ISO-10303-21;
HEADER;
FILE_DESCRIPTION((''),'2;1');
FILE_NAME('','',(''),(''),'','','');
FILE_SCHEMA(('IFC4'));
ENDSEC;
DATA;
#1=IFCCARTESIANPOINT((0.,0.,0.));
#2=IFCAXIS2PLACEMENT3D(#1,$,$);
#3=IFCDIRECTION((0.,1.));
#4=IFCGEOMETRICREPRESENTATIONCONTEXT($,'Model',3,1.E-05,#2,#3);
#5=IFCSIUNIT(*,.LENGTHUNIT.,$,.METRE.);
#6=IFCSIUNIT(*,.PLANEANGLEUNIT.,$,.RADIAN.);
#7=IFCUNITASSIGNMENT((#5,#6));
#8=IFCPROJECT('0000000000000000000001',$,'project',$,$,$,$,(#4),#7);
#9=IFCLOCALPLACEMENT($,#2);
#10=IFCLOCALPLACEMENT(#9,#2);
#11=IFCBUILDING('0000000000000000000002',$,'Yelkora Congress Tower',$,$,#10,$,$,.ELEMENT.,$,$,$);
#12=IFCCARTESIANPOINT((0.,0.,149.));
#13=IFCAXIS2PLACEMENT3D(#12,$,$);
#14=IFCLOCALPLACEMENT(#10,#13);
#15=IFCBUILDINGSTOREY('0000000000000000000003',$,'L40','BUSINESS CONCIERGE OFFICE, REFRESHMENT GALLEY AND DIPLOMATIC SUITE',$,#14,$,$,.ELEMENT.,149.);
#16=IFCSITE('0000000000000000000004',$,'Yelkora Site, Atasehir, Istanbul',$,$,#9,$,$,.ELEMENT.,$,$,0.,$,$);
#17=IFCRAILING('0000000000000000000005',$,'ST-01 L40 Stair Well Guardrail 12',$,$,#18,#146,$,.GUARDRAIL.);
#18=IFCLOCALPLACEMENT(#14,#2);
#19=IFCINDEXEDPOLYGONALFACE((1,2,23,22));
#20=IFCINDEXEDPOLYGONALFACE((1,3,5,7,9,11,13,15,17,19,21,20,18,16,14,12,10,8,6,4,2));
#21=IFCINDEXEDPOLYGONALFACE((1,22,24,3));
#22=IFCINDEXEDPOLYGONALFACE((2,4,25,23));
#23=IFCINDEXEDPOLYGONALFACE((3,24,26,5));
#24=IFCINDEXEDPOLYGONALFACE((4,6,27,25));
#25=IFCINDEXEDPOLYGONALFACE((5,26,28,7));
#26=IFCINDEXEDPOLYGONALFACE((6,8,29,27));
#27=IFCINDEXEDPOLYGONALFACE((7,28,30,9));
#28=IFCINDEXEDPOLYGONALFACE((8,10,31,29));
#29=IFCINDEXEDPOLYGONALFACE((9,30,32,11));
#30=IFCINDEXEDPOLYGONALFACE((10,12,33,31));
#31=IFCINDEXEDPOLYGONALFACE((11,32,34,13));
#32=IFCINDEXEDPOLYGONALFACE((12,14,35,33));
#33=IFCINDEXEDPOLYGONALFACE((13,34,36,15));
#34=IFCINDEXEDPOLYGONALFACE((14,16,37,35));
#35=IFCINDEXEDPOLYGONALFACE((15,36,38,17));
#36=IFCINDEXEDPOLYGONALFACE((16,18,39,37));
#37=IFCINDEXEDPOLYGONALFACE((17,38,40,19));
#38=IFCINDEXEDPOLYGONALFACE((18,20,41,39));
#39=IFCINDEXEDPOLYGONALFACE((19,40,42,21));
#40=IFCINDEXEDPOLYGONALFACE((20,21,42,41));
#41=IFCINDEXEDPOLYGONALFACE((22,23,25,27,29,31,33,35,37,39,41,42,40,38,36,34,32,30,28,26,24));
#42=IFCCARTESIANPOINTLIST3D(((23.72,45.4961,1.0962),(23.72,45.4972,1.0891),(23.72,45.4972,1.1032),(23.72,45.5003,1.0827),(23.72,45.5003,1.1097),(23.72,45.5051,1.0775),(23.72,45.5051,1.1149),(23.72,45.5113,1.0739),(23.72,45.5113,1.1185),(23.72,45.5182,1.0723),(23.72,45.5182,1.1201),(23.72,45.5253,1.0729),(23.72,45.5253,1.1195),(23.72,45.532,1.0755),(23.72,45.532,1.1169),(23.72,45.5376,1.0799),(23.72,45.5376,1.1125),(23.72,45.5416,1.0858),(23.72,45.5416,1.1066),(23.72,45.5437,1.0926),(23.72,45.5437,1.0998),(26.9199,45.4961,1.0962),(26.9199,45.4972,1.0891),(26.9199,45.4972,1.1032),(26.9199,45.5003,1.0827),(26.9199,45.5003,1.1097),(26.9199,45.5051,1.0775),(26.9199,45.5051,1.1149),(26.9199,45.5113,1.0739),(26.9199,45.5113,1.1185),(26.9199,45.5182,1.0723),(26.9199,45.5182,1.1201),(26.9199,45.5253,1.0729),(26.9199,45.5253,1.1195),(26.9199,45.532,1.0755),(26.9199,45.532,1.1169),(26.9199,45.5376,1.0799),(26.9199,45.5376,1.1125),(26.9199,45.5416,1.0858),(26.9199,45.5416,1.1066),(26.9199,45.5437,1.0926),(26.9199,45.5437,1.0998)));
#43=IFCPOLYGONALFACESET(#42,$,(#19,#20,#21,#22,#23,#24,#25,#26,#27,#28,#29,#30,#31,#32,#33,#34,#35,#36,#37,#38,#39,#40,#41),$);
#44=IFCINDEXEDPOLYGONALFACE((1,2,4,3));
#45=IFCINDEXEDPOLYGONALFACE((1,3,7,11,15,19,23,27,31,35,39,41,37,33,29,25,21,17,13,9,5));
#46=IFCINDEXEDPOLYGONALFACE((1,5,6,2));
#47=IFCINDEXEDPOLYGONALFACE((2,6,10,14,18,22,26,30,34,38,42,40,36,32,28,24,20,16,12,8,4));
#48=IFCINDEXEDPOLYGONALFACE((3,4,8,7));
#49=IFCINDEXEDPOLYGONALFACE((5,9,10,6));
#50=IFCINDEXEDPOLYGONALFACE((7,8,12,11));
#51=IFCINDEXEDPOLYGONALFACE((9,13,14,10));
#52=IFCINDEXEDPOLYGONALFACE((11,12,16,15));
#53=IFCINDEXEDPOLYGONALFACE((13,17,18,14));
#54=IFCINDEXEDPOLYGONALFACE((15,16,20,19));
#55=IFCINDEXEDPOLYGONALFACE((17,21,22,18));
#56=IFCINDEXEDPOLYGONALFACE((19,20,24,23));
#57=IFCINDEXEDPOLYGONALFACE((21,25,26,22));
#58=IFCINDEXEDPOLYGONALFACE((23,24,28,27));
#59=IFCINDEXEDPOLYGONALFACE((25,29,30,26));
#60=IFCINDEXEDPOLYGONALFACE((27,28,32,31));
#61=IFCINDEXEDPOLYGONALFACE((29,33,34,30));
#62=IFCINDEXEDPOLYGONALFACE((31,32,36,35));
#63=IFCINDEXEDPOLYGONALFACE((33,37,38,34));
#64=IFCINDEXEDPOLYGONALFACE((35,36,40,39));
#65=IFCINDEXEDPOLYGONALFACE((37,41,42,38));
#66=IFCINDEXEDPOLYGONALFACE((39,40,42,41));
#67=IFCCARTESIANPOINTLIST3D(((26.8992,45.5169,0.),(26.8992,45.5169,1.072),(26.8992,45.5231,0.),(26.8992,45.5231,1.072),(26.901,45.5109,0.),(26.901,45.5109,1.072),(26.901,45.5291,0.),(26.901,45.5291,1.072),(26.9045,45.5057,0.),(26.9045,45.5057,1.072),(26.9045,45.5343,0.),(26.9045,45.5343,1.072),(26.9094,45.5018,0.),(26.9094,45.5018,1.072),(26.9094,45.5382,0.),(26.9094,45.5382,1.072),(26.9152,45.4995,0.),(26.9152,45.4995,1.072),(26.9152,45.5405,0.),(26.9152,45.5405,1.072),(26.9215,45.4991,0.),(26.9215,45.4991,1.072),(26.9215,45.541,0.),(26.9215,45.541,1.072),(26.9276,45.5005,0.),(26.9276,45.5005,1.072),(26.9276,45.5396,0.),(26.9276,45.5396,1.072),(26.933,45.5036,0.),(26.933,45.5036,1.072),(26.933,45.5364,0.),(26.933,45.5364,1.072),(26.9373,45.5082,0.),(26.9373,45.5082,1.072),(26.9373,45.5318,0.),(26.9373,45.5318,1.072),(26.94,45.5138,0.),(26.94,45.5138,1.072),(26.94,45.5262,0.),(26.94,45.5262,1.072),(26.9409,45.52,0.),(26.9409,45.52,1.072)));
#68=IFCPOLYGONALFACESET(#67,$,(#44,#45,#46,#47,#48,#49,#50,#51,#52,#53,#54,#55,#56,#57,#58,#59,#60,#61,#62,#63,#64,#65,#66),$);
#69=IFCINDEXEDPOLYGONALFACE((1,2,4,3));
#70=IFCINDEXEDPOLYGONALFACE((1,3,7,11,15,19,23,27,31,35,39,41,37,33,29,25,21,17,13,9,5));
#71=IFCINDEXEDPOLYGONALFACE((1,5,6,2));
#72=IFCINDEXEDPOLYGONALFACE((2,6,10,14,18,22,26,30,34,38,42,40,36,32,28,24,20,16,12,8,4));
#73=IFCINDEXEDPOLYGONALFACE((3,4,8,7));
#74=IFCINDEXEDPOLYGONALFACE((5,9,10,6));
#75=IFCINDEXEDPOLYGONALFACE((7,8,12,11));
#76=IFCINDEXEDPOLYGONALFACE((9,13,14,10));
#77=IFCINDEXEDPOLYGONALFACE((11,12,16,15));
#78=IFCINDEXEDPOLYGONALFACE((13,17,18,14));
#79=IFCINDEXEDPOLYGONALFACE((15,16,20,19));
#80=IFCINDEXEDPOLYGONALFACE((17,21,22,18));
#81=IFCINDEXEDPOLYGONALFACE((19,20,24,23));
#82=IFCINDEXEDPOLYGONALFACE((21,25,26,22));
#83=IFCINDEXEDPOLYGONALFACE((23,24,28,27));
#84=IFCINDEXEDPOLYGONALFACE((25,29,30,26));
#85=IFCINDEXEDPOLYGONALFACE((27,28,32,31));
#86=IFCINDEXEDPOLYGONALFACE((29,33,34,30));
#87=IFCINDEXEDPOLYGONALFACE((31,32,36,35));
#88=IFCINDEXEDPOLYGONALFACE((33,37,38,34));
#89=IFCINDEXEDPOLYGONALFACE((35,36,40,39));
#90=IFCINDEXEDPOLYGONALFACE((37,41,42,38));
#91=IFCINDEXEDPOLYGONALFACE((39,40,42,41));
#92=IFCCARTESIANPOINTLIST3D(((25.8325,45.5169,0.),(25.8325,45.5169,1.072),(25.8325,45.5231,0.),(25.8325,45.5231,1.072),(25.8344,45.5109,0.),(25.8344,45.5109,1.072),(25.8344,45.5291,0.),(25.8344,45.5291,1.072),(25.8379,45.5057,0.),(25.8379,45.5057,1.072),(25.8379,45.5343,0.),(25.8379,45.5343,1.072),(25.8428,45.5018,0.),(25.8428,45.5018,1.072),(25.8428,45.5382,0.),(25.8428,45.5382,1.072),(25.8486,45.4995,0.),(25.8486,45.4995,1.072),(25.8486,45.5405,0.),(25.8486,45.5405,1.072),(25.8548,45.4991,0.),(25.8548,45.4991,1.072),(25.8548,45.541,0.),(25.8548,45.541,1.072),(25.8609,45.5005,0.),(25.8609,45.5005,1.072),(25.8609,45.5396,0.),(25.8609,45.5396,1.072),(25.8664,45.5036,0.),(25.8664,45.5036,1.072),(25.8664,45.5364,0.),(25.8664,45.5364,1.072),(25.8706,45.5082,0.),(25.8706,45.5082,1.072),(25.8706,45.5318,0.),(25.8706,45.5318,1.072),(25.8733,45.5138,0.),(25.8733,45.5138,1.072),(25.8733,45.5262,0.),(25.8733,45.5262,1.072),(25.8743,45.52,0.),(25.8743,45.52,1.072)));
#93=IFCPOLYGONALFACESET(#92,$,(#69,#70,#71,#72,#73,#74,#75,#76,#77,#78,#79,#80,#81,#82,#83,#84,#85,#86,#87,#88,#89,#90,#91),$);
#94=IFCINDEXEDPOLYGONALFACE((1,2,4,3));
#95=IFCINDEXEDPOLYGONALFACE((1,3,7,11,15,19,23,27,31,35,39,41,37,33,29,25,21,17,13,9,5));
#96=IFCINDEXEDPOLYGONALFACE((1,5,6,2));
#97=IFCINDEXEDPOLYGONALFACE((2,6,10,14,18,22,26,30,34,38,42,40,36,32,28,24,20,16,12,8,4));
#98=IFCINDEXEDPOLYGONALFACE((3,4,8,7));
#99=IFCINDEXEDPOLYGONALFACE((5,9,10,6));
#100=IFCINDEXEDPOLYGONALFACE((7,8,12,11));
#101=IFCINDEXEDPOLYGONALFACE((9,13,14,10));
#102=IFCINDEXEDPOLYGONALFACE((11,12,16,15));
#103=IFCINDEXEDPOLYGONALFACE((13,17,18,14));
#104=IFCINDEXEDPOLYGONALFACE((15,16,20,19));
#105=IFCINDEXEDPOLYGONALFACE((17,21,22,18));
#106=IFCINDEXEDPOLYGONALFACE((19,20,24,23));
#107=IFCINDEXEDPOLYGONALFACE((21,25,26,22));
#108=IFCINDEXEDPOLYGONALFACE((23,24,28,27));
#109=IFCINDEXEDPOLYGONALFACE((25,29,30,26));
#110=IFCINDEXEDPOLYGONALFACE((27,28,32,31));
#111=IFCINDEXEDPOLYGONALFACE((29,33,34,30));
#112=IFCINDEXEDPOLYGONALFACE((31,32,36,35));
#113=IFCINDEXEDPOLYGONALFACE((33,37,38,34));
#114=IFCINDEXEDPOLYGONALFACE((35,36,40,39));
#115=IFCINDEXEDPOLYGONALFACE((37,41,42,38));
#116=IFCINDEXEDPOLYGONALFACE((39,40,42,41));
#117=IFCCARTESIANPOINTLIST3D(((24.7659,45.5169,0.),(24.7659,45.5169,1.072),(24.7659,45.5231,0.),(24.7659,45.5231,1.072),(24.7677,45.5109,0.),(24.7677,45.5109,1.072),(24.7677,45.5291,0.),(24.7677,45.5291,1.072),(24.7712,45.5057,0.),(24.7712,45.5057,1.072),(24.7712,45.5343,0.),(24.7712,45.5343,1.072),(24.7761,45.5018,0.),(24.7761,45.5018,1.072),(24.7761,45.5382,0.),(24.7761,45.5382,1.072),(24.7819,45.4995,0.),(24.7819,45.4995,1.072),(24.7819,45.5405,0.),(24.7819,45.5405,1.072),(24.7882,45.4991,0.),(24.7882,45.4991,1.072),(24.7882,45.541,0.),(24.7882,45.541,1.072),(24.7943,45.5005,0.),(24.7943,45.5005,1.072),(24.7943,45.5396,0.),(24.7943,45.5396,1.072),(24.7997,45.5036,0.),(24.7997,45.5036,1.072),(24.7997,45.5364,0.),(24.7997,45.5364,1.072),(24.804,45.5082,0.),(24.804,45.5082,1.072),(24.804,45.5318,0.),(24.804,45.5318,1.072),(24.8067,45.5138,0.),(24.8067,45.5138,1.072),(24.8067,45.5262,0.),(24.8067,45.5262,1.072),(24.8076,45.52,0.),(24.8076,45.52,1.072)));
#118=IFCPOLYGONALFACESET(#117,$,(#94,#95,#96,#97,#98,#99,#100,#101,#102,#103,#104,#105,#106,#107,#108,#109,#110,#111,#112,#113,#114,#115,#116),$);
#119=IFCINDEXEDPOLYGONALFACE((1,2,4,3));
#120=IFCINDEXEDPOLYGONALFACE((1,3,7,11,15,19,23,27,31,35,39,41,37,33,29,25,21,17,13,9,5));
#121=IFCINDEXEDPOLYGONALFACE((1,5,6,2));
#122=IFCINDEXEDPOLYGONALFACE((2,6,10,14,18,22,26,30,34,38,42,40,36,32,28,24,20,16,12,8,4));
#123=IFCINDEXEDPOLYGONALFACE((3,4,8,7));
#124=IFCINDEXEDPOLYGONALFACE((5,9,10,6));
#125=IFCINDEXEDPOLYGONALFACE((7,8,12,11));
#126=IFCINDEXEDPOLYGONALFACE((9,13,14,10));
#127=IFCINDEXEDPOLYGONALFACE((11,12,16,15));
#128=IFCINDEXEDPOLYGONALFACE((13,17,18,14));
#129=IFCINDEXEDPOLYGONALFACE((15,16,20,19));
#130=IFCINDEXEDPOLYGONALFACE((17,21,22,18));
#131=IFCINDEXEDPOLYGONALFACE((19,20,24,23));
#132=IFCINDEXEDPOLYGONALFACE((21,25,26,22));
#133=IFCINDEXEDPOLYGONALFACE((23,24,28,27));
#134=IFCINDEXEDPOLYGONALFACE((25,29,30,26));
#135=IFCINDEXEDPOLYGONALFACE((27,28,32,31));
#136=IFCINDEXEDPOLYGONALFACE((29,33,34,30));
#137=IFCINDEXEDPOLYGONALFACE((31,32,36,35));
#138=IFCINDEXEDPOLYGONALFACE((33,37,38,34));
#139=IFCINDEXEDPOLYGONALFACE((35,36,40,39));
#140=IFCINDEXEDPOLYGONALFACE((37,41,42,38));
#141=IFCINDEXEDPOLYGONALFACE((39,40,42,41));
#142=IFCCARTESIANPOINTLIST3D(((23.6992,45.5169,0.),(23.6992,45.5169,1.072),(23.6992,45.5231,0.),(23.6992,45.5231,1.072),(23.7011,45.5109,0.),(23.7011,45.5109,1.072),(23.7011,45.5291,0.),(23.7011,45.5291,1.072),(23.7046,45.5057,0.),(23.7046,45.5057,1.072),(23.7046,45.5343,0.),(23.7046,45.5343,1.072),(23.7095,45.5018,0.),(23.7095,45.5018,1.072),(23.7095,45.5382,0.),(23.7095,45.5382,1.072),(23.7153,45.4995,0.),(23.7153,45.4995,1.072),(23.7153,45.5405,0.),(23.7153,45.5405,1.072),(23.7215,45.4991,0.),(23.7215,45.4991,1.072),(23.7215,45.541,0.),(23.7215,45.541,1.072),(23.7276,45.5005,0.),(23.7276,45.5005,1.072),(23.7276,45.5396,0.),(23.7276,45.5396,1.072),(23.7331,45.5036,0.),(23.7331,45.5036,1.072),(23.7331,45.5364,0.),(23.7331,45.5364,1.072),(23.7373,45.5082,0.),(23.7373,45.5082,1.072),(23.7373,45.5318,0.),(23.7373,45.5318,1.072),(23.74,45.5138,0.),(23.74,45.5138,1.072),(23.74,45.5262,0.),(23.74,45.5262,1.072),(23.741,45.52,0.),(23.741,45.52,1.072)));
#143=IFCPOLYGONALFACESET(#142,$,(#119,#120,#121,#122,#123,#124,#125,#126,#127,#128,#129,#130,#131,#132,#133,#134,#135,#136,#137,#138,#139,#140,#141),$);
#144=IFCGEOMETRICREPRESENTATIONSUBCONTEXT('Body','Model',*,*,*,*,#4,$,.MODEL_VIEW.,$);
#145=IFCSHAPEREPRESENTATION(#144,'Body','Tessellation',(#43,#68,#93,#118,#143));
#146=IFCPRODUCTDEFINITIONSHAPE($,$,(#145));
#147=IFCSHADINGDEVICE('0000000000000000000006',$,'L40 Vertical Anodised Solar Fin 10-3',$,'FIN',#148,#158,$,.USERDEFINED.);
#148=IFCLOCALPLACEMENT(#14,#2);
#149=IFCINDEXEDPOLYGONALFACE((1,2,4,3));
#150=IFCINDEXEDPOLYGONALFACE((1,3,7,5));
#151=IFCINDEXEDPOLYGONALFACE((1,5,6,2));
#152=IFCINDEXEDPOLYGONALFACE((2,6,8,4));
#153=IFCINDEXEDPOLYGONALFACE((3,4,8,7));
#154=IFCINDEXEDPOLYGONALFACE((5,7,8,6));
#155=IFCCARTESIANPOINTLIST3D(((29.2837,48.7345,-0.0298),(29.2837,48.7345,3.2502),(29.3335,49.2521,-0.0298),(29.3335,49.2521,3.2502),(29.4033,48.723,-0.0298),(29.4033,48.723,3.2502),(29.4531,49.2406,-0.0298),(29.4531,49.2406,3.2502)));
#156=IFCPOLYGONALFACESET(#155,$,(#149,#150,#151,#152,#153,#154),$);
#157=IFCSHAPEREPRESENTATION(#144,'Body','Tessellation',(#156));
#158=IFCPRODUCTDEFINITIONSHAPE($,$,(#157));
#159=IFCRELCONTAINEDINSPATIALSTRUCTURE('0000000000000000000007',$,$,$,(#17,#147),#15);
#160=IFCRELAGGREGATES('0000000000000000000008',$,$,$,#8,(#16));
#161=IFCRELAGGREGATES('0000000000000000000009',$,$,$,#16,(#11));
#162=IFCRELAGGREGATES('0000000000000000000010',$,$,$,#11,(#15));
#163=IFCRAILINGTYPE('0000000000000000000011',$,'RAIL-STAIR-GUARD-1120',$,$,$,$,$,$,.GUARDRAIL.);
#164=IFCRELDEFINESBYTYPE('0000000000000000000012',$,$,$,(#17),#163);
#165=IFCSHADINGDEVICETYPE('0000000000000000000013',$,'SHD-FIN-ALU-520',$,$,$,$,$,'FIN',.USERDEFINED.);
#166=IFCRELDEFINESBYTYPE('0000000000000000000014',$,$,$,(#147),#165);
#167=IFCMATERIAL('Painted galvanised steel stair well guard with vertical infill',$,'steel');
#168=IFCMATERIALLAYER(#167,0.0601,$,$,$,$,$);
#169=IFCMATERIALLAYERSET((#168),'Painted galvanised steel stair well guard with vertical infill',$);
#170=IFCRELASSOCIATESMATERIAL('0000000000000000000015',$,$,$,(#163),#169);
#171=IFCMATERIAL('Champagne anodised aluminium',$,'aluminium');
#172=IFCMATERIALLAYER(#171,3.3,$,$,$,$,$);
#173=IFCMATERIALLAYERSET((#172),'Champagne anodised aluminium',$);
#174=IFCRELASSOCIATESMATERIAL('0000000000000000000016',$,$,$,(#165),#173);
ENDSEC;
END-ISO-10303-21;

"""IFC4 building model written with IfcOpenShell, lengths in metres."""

from ifc_helpers import new_model, si_unit, direction, frame, origin, origin_2d, place, context, subcontext, project, spatial, rectangle, circle, extrude, material, layer, layer_set, type_object, element, save


model = new_model("IFC4")

# Units and contexts
model_context = context("Model", 3, precision=1e-05, world=origin(), true_north=direction((0.0, 1.0)))
body_context = subcontext(model_context, "Body", "Model", "MODEL_VIEW")
ifc_project = project(units=[si_unit("LENGTHUNIT", "METRE"), si_unit("PLANEANGLEUNIT", "RADIAN")], contexts=[model_context])

# Site, building, storey
site_placement = place(None, origin())
site = spatial("IfcSite", under=ifc_project, at=site_placement, Name="Yelkora Site, Atasehir, Istanbul", CompositionType="ELEMENT", RefElevation=0.0)
building_placement = place(site_placement, origin())
building = spatial("IfcBuilding", under=site, at=building_placement, Name="Yelkora Congress Tower", CompositionType="ELEMENT")
storey_placement = place(building_placement, frame((0.0, 0.0, 149.0)))
storey = spatial("IfcBuildingStorey", under=building, at=storey_placement, Name="L40", Description="BUSINESS CONCIERGE OFFICE, REFRESHMENT GALLEY AND DIPLOMATIC SUITE", CompositionType="ELEMENT", Elevation=149.0)

# Railing
ifc_material_1 = material(Name="Painted galvanised steel stair well guard with vertical infill", Category="steel")
ifc_layer_1 = layer(ifc_material_1, 0.0601)
ifc_layer_set_1 = layer_set([ifc_layer_1], Name="Painted galvanised steel stair well guard with vertical infill")
railing_type = type_object("IfcRailingType", Name="RAIL-STAIR-GUARD-1120", PredefinedType="GUARDRAIL", material=ifc_layer_set_1)
railing_1_placement = place(storey_placement, frame((26.9199, 45.52, 0.0)))
element("IfcRailing", 1, at=railing_1_placement, inside=storey, type_object=railing_type, Name="ST-01 L40 Stair Well Guardrail 12", PredefinedType="GUARDRAIL", context=body_context, shape_type="SweptSolid", body=[
    extrude(circle(Radius=0.0239, at=origin_2d()), frame((0.0, 0.0, 1.0962), z_axis=(-1.0, 0.0, 0.0), x_axis=(0.0, -1.0, 0.0)), (0.0, 0.0, 1.0), 3.2),
    extrude(circle(Radius=0.021, at=origin_2d()), origin(), (0.0, 0.0, 1.0), 1.072),
    extrude(circle(Radius=0.021, at=origin_2d()), frame((-1.0667, 0.0, 0.0)), (0.0, 0.0, 1.0), 1.072),
    extrude(circle(Radius=0.021, at=origin_2d()), frame((-2.1333, 0.0, 0.0)), (0.0, 0.0, 1.0), 1.072),
    extrude(circle(Radius=0.021, at=origin_2d()), frame((-3.2, 0.0, 0.0)), (0.0, 0.0, 1.0), 1.072),
])

# Shading device
ifc_material_2 = material(Name="Champagne anodised aluminium", Category="aluminium")
ifc_layer_2 = layer(ifc_material_2, 3.3)
ifc_layer_set_2 = layer_set([ifc_layer_2], Name="Champagne anodised aluminium")
shading_device_type = type_object("IfcShadingDeviceType", Name="SHD-FIN-ALU-520", ElementType="FIN", PredefinedType="USERDEFINED", material=ifc_layer_set_2)
shading_device_placement = place(storey_placement, frame((29.3684, 48.9875, -0.0298), z_axis=(0.0, 0.0, 1.0), x_axis=(0.995396, -0.095846, 0.0)))
element("IfcShadingDevice", 2, at=shading_device_placement, inside=storey, type_object=shading_device_type, Name="L40 Vertical Anodised Solar Fin 10-3", ObjectType="FIN", PredefinedType="USERDEFINED", context=body_context, shape_type="SweptSolid", body=[
    extrude(rectangle(XDim=0.1201, YDim=0.52, at=origin_2d()), origin(), (0.0, 0.0, 1.0), 3.28),
])

save(model, "model.ifc")
